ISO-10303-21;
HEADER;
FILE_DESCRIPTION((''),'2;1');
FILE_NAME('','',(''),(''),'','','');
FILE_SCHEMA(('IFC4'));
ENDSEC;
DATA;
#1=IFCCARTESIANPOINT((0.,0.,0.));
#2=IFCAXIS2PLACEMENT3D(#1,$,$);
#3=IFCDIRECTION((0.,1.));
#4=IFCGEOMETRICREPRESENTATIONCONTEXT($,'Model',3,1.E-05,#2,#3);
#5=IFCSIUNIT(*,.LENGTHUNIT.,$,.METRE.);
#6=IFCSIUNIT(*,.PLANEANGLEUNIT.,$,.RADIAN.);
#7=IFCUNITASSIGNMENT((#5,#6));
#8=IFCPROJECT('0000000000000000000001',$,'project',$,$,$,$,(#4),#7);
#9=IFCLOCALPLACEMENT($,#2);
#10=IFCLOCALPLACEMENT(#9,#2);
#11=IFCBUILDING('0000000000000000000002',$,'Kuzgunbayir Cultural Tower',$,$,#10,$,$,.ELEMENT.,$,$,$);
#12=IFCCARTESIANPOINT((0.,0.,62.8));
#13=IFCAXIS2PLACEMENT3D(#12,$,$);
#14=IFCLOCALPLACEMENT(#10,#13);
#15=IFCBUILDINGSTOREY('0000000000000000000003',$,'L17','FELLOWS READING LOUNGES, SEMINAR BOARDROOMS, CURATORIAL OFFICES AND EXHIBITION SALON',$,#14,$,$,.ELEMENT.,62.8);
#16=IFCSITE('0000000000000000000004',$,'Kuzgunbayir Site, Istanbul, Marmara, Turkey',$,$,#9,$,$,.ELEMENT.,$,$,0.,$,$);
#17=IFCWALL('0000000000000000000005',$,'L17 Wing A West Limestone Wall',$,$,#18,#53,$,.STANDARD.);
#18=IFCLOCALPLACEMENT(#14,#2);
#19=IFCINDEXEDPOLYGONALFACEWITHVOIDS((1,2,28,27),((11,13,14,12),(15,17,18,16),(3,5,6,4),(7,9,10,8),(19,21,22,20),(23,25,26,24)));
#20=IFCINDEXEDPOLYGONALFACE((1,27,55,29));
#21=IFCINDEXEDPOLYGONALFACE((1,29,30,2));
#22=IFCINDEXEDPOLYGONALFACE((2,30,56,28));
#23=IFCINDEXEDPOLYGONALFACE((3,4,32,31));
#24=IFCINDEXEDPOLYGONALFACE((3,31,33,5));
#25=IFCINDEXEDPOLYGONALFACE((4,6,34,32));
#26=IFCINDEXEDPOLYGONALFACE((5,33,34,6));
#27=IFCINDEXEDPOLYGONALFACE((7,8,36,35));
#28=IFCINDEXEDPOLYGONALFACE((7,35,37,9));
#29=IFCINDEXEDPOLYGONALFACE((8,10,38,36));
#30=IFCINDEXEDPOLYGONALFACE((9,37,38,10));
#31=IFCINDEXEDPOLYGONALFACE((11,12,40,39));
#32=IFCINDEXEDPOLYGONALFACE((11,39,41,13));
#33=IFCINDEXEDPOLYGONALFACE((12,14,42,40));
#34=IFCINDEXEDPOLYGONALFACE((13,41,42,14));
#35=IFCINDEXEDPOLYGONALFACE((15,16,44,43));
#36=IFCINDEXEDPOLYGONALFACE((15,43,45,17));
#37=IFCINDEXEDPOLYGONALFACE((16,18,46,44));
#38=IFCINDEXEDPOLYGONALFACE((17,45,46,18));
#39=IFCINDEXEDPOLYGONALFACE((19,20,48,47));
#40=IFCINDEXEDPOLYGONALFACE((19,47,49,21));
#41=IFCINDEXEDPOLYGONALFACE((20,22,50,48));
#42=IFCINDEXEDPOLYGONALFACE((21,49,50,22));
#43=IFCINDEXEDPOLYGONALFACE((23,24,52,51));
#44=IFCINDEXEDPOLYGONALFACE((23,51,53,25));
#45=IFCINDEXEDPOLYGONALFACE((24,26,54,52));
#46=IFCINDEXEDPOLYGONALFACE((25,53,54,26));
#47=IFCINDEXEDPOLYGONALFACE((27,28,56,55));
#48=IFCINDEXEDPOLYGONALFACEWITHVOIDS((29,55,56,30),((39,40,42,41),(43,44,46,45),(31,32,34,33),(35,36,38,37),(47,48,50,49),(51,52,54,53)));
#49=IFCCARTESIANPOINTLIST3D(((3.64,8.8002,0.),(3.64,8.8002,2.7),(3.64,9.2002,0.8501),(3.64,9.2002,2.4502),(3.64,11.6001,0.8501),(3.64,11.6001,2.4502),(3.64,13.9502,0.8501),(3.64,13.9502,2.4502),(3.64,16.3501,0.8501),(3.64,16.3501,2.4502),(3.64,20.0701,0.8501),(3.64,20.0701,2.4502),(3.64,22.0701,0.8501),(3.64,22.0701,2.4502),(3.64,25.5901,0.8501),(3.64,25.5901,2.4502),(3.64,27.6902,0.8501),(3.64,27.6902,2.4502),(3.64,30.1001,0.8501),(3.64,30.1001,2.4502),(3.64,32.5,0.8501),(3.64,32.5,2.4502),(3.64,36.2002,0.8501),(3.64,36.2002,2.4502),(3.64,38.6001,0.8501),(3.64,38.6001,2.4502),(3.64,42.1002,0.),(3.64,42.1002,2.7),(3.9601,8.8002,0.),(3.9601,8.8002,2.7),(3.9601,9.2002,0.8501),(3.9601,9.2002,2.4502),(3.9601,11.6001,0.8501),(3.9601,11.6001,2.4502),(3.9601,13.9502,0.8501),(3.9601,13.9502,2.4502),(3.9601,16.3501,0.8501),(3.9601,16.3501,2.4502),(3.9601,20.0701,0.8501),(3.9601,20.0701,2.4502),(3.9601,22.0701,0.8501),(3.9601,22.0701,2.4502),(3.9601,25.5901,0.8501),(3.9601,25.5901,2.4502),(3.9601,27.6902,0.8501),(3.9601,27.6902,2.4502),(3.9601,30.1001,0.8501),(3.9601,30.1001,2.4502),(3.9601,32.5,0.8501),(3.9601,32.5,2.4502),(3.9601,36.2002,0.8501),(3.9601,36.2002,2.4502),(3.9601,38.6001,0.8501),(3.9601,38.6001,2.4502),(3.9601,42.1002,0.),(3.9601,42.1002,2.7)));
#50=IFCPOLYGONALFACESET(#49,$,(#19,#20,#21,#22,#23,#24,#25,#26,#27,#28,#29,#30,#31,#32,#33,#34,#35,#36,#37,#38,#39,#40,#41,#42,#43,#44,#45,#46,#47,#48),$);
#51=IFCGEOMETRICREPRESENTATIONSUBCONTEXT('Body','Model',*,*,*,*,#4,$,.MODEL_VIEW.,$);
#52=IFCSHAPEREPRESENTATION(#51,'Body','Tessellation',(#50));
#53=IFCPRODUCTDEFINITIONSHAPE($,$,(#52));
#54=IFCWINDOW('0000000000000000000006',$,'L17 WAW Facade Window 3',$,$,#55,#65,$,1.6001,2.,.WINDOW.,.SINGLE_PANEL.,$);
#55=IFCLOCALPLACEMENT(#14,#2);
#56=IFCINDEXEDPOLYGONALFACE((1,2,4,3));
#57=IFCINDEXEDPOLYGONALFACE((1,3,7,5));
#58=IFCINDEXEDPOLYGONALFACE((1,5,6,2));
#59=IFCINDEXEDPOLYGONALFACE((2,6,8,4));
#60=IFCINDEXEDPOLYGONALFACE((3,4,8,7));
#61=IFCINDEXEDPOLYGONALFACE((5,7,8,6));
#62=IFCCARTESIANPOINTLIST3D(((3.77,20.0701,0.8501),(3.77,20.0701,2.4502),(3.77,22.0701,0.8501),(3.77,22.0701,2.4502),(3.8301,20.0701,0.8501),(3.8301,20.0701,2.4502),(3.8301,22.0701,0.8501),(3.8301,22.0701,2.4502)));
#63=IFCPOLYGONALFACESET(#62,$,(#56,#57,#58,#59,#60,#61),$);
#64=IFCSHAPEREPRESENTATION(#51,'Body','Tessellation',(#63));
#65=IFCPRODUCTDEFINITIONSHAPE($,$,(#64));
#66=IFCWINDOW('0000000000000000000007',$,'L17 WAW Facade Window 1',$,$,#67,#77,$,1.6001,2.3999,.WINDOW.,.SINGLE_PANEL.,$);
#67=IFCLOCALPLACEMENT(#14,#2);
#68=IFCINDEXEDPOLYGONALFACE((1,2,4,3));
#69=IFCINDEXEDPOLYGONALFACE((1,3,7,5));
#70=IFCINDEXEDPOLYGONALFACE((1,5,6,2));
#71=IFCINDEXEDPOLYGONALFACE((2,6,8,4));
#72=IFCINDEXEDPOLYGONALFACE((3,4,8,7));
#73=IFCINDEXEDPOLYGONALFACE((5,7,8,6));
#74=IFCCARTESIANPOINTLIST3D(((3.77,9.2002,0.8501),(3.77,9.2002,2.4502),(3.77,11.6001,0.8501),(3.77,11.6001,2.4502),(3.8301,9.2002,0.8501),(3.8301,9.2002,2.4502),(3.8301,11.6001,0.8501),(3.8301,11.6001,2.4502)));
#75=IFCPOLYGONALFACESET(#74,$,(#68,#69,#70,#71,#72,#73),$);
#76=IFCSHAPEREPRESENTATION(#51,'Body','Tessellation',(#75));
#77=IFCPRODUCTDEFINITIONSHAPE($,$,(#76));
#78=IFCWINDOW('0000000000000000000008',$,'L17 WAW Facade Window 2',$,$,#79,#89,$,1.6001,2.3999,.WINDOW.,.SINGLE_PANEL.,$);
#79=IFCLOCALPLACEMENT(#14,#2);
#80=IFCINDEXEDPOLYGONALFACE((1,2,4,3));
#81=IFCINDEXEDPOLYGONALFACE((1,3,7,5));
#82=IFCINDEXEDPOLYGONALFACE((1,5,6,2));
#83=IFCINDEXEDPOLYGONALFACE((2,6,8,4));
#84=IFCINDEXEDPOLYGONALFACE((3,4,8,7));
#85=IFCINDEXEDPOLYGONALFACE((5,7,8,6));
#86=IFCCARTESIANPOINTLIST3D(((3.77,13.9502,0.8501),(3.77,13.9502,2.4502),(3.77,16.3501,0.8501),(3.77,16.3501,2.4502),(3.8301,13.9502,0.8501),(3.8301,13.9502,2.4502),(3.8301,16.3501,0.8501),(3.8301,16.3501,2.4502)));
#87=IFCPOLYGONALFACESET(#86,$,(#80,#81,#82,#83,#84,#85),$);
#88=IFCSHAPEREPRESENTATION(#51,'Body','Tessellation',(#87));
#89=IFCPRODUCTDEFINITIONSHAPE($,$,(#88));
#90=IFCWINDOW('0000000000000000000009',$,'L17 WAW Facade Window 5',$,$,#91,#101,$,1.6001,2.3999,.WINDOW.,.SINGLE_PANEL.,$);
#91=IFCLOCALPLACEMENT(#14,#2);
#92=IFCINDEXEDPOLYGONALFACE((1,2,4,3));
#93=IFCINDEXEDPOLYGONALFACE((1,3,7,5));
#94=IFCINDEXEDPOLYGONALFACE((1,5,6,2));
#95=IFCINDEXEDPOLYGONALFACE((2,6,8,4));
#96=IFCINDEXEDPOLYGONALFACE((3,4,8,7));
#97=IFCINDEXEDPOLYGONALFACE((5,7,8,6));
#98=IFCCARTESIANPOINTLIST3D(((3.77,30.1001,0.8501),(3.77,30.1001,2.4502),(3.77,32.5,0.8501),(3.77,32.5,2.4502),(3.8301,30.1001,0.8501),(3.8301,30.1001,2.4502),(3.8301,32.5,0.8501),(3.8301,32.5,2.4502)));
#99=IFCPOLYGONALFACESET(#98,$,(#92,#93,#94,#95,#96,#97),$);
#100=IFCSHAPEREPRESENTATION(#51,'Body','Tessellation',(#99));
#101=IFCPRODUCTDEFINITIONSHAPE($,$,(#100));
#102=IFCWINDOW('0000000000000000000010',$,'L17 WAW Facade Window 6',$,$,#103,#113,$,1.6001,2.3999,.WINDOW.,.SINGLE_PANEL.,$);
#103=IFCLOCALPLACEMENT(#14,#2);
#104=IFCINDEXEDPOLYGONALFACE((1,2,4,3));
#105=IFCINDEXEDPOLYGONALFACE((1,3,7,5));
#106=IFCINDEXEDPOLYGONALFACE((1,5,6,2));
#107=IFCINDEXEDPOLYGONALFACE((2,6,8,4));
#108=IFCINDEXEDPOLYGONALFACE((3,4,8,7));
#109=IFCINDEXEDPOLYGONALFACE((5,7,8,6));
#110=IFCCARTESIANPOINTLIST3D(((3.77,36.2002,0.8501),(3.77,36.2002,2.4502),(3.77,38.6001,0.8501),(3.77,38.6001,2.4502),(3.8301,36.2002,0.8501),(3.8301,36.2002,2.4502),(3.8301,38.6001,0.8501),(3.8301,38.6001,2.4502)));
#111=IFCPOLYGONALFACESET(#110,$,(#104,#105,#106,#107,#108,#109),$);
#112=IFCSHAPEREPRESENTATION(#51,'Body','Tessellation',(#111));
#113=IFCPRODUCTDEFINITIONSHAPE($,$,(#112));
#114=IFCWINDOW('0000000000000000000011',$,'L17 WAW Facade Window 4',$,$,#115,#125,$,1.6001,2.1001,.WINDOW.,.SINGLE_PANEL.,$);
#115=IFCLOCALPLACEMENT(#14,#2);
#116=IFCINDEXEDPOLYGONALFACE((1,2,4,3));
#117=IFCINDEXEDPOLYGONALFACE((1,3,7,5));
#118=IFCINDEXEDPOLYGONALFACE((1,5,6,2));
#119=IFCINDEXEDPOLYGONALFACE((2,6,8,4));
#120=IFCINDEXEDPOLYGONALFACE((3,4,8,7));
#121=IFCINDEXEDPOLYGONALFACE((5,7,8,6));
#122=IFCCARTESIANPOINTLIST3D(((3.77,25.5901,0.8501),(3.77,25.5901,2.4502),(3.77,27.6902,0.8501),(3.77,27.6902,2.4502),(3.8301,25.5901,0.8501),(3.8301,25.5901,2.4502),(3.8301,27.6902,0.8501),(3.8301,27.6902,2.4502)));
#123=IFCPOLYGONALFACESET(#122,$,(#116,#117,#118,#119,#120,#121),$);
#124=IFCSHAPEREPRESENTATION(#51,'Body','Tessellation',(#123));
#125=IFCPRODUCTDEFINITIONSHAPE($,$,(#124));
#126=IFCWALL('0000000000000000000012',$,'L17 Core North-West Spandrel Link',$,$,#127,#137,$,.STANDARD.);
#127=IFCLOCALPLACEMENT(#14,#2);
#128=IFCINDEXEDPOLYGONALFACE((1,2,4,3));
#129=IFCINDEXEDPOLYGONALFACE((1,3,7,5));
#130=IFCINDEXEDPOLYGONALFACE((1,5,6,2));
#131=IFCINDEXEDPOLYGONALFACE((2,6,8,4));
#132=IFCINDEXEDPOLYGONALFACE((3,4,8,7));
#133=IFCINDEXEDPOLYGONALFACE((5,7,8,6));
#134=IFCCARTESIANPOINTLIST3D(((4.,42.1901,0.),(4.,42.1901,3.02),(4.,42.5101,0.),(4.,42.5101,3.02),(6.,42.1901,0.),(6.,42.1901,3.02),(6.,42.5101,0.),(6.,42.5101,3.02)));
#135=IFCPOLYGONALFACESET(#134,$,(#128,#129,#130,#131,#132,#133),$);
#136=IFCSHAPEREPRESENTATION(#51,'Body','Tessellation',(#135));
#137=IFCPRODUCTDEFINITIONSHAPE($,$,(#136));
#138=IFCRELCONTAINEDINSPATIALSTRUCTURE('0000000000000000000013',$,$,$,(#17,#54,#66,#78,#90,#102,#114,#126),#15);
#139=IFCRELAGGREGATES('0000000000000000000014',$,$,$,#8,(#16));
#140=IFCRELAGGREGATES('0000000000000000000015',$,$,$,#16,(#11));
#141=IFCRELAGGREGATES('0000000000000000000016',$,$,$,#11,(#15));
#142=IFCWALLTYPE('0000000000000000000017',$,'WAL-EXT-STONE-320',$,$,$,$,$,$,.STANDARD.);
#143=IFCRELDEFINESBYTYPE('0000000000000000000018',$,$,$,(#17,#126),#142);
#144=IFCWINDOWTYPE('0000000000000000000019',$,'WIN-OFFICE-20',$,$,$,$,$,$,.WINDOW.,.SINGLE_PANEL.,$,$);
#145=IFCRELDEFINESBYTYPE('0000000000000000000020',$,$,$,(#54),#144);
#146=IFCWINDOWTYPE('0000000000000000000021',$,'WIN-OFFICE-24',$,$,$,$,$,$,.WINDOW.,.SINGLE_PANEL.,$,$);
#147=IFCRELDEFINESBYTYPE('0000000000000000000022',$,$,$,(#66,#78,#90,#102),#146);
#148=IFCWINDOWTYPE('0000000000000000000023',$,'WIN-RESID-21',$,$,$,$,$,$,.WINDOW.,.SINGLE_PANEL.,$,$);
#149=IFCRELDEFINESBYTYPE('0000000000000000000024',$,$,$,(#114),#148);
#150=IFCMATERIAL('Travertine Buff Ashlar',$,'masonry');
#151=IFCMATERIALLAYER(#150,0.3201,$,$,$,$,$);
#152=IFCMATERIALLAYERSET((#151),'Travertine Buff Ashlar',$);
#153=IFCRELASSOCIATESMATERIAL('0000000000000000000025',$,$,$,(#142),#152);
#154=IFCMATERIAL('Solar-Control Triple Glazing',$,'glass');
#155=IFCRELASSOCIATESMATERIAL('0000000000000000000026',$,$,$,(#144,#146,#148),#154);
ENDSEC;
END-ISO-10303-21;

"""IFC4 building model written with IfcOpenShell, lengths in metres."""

from ifc_helpers import new_model, si_unit, direction, frame, frame_2d, origin, place, context, subcontext, project, spatial, rectangle, extrude, material, layer, layer_set, type_object, element, fill, save


model = new_model("IFC4")

# Units and contexts
model_context = context("Model", 3, precision=1e-05, world=origin(), true_north=direction((0.0, 1.0)))
body_context = subcontext(model_context, "Body", "Model", "MODEL_VIEW")
ifc_project = project(units=[si_unit("LENGTHUNIT", "METRE"), si_unit("PLANEANGLEUNIT", "RADIAN")], contexts=[model_context])

# Site, building, storey
site_placement = place(None, origin())
site = spatial("IfcSite", under=ifc_project, at=site_placement, Name="Kuzgunbayir Site, Istanbul, Marmara, Turkey", CompositionType="ELEMENT", RefElevation=0.0)
building_placement = place(site_placement, origin())
building = spatial("IfcBuilding", under=site, at=building_placement, Name="Kuzgunbayir Cultural Tower", CompositionType="ELEMENT")
storey_placement = place(building_placement, frame((0.0, 0.0, 62.8)))
storey = spatial("IfcBuildingStorey", under=building, at=storey_placement, Name="L17", Description="FELLOWS READING LOUNGES, SEMINAR BOARDROOMS, CURATORIAL OFFICES AND EXHIBITION SALON", CompositionType="ELEMENT", Elevation=62.8)

# Wall, openings, windows
ifc_material_1 = material(Name="Travertine Buff Ashlar", Category="masonry")
ifc_layer_1 = layer(ifc_material_1, 0.3201)
ifc_layer_set_1 = layer_set([ifc_layer_1], Name="Travertine Buff Ashlar")
wall_type_1 = type_object("IfcWallType", Name="WAL-EXT-STONE-320", PredefinedType="STANDARD", material=ifc_layer_set_1)
wall_1_placement = place(storey_placement, frame((3.8, 42.1001, 0.0), z_axis=(0.0, 0.0, 1.0), x_axis=(0.0, -1.0, 0.0)))
wall_1 = element("IfcWall", 1, at=wall_1_placement, inside=storey, type_object=wall_type_1, Name="L17 Wing A West Limestone Wall", PredefinedType="STANDARD", context=body_context, shape_type="SweptSolid", body=[
    extrude(rectangle(XDim=33.3, YDim=0.3201, at=frame_2d((16.6499, 0.0))), origin(), (0.0, 0.0, 1.0), 2.7),
])
opening_1_placement = place(wall_1_placement, frame((30.5, 0.0, 0.8501)))
opening_1 = element("IfcOpeningElement", 2, at=opening_1_placement, cuts=wall_1, PredefinedType="OPENING", context=body_context, shape_type="SweptSolid", body=[
    extrude(rectangle(XDim=2.3999, YDim=1.6001, at=frame_2d((1.2, 0.8))), frame((0.0, 0.1699, 0.0), z_axis=(0.0, -1.0, 0.0), x_axis=(1.0, 0.0, 0.0)), (0.0, 0.0, 1.0), 0.3401),
])
opening_2_placement = place(wall_1_placement, frame((25.75, 0.0, 0.8501)))
opening_2 = element("IfcOpeningElement", 3, at=opening_2_placement, cuts=wall_1, PredefinedType="OPENING", context=body_context, shape_type="SweptSolid", body=[
    extrude(rectangle(XDim=2.3999, YDim=1.6001, at=frame_2d((1.2, 0.8))), frame((0.0, 0.1699, 0.0), z_axis=(0.0, -1.0, 0.0), x_axis=(1.0, 0.0, 0.0)), (0.0, 0.0, 1.0), 0.3401),
])
opening_3_placement = place(wall_1_placement, frame((20.03, 0.0, 0.8501)))
opening_3 = element("IfcOpeningElement", 4, at=opening_3_placement, cuts=wall_1, PredefinedType="OPENING", context=body_context, shape_type="SweptSolid", body=[
    extrude(rectangle(XDim=2.0, YDim=1.6001, at=frame_2d((1.0, 0.8))), frame((0.0, 0.1699, 0.0), z_axis=(0.0, -1.0, 0.0), x_axis=(1.0, 0.0, 0.0)), (0.0, 0.0, 1.0), 0.3401),
])
opening_4_placement = place(wall_1_placement, frame((14.4099, 0.0, 0.8501)))
opening_4 = element("IfcOpeningElement", 5, at=opening_4_placement, cuts=wall_1, PredefinedType="OPENING", context=body_context, shape_type="SweptSolid", body=[
    extrude(rectangle(XDim=2.1001, YDim=1.6001, at=frame_2d((1.05, 0.8))), frame((0.0, 0.1699, 0.0), z_axis=(0.0, -1.0, 0.0), x_axis=(1.0, 0.0, 0.0)), (0.0, 0.0, 1.0), 0.3401),
])
opening_5_placement = place(wall_1_placement, frame((9.6001, 0.0, 0.8501)))
opening_5 = element("IfcOpeningElement", 6, at=opening_5_placement, cuts=wall_1, PredefinedType="OPENING", context=body_context, shape_type="SweptSolid", body=[
    extrude(rectangle(XDim=2.3999, YDim=1.6001, at=frame_2d((1.2, 0.8))), frame((0.0, 0.1699, 0.0), z_axis=(0.0, -1.0, 0.0), x_axis=(1.0, 0.0, 0.0)), (0.0, 0.0, 1.0), 0.3401),
])
opening_6_placement = place(wall_1_placement, frame((3.5, 0.0, 0.8501)))
opening_6 = element("IfcOpeningElement", 7, at=opening_6_placement, cuts=wall_1, PredefinedType="OPENING", context=body_context, shape_type="SweptSolid", body=[
    extrude(rectangle(XDim=2.3999, YDim=1.6001, at=frame_2d((1.2, 0.8))), frame((0.0, 0.1699, 0.0), z_axis=(0.0, -1.0, 0.0), x_axis=(1.0, 0.0, 0.0)), (0.0, 0.0, 1.0), 0.3401),
])
ifc_material_2 = material(Name="Solar-Control Triple Glazing", Category="glass")
window_type_1 = type_object("IfcWindowType", Name="WIN-OFFICE-20", PartitioningType="SINGLE_PANEL", PredefinedType="WINDOW", material=ifc_material_2)
window_1_placement = place(opening_3_placement, origin())
window_1 = element("IfcWindow", 8, at=window_1_placement, inside=storey, type_object=window_type_1, Name="L17 WAW Facade Window 3", OverallHeight=1.6001, OverallWidth=2.0, PartitioningType="SINGLE_PANEL", PredefinedType="WINDOW", context=body_context, shape_type="SweptSolid", body=[
    extrude(rectangle(XDim=2.0, YDim=1.6001, at=frame_2d((1.0, 0.8))), frame((0.0, 0.03, 0.0), z_axis=(0.0, -1.0, 0.0), x_axis=(1.0, 0.0, 0.0)), (0.0, 0.0, 1.0), 0.0601),
])
fill(opening_3, window_1)
window_type_2 = type_object("IfcWindowType", Name="WIN-OFFICE-24", PartitioningType="SINGLE_PANEL", PredefinedType="WINDOW", material=ifc_material_2)
window_2_placement = place(opening_1_placement, origin())
window_2 = element("IfcWindow", 9, at=window_2_placement, inside=storey, type_object=window_type_2, Name="L17 WAW Facade Window 1", OverallHeight=1.6001, OverallWidth=2.3999, PartitioningType="SINGLE_PANEL", PredefinedType="WINDOW", context=body_context, shape_type="SweptSolid", body=[
    extrude(rectangle(XDim=2.3999, YDim=1.6001, at=frame_2d((1.2, 0.8))), frame((0.0, 0.03, 0.0), z_axis=(0.0, -1.0, 0.0), x_axis=(1.0, 0.0, 0.0)), (0.0, 0.0, 1.0), 0.0601),
])
fill(opening_1, window_2)
window_3_placement = place(opening_2_placement, origin())
window_3 = element("IfcWindow", 10, at=window_3_placement, inside=storey, type_object=window_type_2, Name="L17 WAW Facade Window 2", OverallHeight=1.6001, OverallWidth=2.3999, PartitioningType="SINGLE_PANEL", PredefinedType="WINDOW", context=body_context, shape_type="SweptSolid", body=[
    extrude(rectangle(XDim=2.3999, YDim=1.6001, at=frame_2d((1.2, 0.8))), frame((0.0, 0.03, 0.0), z_axis=(0.0, -1.0, 0.0), x_axis=(1.0, 0.0, 0.0)), (0.0, 0.0, 1.0), 0.0601),
])
fill(opening_2, window_3)
window_4_placement = place(opening_5_placement, origin())
window_4 = element("IfcWindow", 11, at=window_4_placement, inside=storey, type_object=window_type_2, Name="L17 WAW Facade Window 5", OverallHeight=1.6001, OverallWidth=2.3999, PartitioningType="SINGLE_PANEL", PredefinedType="WINDOW", context=body_context, shape_type="SweptSolid", body=[
    extrude(rectangle(XDim=2.3999, YDim=1.6001, at=frame_2d((1.2, 0.8))), frame((0.0, 0.03, 0.0), z_axis=(0.0, -1.0, 0.0), x_axis=(1.0, 0.0, 0.0)), (0.0, 0.0, 1.0), 0.0601),
])
fill(opening_5, window_4)
window_5_placement = place(opening_6_placement, origin())
window_5 = element("IfcWindow", 12, at=window_5_placement, inside=storey, type_object=window_type_2, Name="L17 WAW Facade Window 6", OverallHeight=1.6001, OverallWidth=2.3999, PartitioningType="SINGLE_PANEL", PredefinedType="WINDOW", context=body_context, shape_type="SweptSolid", body=[
    extrude(rectangle(XDim=2.3999, YDim=1.6001, at=frame_2d((1.2, 0.8))), frame((0.0, 0.03, 0.0), z_axis=(0.0, -1.0, 0.0), x_axis=(1.0, 0.0, 0.0)), (0.0, 0.0, 1.0), 0.0601),
])
fill(opening_6, window_5)
window_type_3 = type_object("IfcWindowType", Name="WIN-RESID-21", PartitioningType="SINGLE_PANEL", PredefinedType="WINDOW", material=ifc_material_2)
window_6_placement = place(opening_4_placement, origin())
window_6 = element("IfcWindow", 13, at=window_6_placement, inside=storey, type_object=window_type_3, Name="L17 WAW Facade Window 4", OverallHeight=1.6001, OverallWidth=2.1001, PartitioningType="SINGLE_PANEL", PredefinedType="WINDOW", context=body_context, shape_type="SweptSolid", body=[
    extrude(rectangle(XDim=2.1001, YDim=1.6001, at=frame_2d((1.05, 0.8))), frame((0.0, 0.03, 0.0), z_axis=(0.0, -1.0, 0.0), x_axis=(1.0, 0.0, 0.0)), (0.0, 0.0, 1.0), 0.0601),
])
fill(opening_4, window_6)

# Wall
wall_2_placement = place(storey_placement, frame((6.0, 42.3501, 0.0), z_axis=(0.0, 0.0, 1.0), x_axis=(-1.0, 0.0, 0.0)))
element("IfcWall", 14, at=wall_2_placement, inside=storey, type_object=wall_type_1, Name="L17 Core North-West Spandrel Link", PredefinedType="STANDARD", context=body_context, shape_type="SweptSolid", body=[
    extrude(rectangle(XDim=2.0, YDim=0.3201, at=frame_2d((1.0, 0.0))), origin(), (0.0, 0.0, 1.0), 3.02),
])

save(model, "model.ifc")
